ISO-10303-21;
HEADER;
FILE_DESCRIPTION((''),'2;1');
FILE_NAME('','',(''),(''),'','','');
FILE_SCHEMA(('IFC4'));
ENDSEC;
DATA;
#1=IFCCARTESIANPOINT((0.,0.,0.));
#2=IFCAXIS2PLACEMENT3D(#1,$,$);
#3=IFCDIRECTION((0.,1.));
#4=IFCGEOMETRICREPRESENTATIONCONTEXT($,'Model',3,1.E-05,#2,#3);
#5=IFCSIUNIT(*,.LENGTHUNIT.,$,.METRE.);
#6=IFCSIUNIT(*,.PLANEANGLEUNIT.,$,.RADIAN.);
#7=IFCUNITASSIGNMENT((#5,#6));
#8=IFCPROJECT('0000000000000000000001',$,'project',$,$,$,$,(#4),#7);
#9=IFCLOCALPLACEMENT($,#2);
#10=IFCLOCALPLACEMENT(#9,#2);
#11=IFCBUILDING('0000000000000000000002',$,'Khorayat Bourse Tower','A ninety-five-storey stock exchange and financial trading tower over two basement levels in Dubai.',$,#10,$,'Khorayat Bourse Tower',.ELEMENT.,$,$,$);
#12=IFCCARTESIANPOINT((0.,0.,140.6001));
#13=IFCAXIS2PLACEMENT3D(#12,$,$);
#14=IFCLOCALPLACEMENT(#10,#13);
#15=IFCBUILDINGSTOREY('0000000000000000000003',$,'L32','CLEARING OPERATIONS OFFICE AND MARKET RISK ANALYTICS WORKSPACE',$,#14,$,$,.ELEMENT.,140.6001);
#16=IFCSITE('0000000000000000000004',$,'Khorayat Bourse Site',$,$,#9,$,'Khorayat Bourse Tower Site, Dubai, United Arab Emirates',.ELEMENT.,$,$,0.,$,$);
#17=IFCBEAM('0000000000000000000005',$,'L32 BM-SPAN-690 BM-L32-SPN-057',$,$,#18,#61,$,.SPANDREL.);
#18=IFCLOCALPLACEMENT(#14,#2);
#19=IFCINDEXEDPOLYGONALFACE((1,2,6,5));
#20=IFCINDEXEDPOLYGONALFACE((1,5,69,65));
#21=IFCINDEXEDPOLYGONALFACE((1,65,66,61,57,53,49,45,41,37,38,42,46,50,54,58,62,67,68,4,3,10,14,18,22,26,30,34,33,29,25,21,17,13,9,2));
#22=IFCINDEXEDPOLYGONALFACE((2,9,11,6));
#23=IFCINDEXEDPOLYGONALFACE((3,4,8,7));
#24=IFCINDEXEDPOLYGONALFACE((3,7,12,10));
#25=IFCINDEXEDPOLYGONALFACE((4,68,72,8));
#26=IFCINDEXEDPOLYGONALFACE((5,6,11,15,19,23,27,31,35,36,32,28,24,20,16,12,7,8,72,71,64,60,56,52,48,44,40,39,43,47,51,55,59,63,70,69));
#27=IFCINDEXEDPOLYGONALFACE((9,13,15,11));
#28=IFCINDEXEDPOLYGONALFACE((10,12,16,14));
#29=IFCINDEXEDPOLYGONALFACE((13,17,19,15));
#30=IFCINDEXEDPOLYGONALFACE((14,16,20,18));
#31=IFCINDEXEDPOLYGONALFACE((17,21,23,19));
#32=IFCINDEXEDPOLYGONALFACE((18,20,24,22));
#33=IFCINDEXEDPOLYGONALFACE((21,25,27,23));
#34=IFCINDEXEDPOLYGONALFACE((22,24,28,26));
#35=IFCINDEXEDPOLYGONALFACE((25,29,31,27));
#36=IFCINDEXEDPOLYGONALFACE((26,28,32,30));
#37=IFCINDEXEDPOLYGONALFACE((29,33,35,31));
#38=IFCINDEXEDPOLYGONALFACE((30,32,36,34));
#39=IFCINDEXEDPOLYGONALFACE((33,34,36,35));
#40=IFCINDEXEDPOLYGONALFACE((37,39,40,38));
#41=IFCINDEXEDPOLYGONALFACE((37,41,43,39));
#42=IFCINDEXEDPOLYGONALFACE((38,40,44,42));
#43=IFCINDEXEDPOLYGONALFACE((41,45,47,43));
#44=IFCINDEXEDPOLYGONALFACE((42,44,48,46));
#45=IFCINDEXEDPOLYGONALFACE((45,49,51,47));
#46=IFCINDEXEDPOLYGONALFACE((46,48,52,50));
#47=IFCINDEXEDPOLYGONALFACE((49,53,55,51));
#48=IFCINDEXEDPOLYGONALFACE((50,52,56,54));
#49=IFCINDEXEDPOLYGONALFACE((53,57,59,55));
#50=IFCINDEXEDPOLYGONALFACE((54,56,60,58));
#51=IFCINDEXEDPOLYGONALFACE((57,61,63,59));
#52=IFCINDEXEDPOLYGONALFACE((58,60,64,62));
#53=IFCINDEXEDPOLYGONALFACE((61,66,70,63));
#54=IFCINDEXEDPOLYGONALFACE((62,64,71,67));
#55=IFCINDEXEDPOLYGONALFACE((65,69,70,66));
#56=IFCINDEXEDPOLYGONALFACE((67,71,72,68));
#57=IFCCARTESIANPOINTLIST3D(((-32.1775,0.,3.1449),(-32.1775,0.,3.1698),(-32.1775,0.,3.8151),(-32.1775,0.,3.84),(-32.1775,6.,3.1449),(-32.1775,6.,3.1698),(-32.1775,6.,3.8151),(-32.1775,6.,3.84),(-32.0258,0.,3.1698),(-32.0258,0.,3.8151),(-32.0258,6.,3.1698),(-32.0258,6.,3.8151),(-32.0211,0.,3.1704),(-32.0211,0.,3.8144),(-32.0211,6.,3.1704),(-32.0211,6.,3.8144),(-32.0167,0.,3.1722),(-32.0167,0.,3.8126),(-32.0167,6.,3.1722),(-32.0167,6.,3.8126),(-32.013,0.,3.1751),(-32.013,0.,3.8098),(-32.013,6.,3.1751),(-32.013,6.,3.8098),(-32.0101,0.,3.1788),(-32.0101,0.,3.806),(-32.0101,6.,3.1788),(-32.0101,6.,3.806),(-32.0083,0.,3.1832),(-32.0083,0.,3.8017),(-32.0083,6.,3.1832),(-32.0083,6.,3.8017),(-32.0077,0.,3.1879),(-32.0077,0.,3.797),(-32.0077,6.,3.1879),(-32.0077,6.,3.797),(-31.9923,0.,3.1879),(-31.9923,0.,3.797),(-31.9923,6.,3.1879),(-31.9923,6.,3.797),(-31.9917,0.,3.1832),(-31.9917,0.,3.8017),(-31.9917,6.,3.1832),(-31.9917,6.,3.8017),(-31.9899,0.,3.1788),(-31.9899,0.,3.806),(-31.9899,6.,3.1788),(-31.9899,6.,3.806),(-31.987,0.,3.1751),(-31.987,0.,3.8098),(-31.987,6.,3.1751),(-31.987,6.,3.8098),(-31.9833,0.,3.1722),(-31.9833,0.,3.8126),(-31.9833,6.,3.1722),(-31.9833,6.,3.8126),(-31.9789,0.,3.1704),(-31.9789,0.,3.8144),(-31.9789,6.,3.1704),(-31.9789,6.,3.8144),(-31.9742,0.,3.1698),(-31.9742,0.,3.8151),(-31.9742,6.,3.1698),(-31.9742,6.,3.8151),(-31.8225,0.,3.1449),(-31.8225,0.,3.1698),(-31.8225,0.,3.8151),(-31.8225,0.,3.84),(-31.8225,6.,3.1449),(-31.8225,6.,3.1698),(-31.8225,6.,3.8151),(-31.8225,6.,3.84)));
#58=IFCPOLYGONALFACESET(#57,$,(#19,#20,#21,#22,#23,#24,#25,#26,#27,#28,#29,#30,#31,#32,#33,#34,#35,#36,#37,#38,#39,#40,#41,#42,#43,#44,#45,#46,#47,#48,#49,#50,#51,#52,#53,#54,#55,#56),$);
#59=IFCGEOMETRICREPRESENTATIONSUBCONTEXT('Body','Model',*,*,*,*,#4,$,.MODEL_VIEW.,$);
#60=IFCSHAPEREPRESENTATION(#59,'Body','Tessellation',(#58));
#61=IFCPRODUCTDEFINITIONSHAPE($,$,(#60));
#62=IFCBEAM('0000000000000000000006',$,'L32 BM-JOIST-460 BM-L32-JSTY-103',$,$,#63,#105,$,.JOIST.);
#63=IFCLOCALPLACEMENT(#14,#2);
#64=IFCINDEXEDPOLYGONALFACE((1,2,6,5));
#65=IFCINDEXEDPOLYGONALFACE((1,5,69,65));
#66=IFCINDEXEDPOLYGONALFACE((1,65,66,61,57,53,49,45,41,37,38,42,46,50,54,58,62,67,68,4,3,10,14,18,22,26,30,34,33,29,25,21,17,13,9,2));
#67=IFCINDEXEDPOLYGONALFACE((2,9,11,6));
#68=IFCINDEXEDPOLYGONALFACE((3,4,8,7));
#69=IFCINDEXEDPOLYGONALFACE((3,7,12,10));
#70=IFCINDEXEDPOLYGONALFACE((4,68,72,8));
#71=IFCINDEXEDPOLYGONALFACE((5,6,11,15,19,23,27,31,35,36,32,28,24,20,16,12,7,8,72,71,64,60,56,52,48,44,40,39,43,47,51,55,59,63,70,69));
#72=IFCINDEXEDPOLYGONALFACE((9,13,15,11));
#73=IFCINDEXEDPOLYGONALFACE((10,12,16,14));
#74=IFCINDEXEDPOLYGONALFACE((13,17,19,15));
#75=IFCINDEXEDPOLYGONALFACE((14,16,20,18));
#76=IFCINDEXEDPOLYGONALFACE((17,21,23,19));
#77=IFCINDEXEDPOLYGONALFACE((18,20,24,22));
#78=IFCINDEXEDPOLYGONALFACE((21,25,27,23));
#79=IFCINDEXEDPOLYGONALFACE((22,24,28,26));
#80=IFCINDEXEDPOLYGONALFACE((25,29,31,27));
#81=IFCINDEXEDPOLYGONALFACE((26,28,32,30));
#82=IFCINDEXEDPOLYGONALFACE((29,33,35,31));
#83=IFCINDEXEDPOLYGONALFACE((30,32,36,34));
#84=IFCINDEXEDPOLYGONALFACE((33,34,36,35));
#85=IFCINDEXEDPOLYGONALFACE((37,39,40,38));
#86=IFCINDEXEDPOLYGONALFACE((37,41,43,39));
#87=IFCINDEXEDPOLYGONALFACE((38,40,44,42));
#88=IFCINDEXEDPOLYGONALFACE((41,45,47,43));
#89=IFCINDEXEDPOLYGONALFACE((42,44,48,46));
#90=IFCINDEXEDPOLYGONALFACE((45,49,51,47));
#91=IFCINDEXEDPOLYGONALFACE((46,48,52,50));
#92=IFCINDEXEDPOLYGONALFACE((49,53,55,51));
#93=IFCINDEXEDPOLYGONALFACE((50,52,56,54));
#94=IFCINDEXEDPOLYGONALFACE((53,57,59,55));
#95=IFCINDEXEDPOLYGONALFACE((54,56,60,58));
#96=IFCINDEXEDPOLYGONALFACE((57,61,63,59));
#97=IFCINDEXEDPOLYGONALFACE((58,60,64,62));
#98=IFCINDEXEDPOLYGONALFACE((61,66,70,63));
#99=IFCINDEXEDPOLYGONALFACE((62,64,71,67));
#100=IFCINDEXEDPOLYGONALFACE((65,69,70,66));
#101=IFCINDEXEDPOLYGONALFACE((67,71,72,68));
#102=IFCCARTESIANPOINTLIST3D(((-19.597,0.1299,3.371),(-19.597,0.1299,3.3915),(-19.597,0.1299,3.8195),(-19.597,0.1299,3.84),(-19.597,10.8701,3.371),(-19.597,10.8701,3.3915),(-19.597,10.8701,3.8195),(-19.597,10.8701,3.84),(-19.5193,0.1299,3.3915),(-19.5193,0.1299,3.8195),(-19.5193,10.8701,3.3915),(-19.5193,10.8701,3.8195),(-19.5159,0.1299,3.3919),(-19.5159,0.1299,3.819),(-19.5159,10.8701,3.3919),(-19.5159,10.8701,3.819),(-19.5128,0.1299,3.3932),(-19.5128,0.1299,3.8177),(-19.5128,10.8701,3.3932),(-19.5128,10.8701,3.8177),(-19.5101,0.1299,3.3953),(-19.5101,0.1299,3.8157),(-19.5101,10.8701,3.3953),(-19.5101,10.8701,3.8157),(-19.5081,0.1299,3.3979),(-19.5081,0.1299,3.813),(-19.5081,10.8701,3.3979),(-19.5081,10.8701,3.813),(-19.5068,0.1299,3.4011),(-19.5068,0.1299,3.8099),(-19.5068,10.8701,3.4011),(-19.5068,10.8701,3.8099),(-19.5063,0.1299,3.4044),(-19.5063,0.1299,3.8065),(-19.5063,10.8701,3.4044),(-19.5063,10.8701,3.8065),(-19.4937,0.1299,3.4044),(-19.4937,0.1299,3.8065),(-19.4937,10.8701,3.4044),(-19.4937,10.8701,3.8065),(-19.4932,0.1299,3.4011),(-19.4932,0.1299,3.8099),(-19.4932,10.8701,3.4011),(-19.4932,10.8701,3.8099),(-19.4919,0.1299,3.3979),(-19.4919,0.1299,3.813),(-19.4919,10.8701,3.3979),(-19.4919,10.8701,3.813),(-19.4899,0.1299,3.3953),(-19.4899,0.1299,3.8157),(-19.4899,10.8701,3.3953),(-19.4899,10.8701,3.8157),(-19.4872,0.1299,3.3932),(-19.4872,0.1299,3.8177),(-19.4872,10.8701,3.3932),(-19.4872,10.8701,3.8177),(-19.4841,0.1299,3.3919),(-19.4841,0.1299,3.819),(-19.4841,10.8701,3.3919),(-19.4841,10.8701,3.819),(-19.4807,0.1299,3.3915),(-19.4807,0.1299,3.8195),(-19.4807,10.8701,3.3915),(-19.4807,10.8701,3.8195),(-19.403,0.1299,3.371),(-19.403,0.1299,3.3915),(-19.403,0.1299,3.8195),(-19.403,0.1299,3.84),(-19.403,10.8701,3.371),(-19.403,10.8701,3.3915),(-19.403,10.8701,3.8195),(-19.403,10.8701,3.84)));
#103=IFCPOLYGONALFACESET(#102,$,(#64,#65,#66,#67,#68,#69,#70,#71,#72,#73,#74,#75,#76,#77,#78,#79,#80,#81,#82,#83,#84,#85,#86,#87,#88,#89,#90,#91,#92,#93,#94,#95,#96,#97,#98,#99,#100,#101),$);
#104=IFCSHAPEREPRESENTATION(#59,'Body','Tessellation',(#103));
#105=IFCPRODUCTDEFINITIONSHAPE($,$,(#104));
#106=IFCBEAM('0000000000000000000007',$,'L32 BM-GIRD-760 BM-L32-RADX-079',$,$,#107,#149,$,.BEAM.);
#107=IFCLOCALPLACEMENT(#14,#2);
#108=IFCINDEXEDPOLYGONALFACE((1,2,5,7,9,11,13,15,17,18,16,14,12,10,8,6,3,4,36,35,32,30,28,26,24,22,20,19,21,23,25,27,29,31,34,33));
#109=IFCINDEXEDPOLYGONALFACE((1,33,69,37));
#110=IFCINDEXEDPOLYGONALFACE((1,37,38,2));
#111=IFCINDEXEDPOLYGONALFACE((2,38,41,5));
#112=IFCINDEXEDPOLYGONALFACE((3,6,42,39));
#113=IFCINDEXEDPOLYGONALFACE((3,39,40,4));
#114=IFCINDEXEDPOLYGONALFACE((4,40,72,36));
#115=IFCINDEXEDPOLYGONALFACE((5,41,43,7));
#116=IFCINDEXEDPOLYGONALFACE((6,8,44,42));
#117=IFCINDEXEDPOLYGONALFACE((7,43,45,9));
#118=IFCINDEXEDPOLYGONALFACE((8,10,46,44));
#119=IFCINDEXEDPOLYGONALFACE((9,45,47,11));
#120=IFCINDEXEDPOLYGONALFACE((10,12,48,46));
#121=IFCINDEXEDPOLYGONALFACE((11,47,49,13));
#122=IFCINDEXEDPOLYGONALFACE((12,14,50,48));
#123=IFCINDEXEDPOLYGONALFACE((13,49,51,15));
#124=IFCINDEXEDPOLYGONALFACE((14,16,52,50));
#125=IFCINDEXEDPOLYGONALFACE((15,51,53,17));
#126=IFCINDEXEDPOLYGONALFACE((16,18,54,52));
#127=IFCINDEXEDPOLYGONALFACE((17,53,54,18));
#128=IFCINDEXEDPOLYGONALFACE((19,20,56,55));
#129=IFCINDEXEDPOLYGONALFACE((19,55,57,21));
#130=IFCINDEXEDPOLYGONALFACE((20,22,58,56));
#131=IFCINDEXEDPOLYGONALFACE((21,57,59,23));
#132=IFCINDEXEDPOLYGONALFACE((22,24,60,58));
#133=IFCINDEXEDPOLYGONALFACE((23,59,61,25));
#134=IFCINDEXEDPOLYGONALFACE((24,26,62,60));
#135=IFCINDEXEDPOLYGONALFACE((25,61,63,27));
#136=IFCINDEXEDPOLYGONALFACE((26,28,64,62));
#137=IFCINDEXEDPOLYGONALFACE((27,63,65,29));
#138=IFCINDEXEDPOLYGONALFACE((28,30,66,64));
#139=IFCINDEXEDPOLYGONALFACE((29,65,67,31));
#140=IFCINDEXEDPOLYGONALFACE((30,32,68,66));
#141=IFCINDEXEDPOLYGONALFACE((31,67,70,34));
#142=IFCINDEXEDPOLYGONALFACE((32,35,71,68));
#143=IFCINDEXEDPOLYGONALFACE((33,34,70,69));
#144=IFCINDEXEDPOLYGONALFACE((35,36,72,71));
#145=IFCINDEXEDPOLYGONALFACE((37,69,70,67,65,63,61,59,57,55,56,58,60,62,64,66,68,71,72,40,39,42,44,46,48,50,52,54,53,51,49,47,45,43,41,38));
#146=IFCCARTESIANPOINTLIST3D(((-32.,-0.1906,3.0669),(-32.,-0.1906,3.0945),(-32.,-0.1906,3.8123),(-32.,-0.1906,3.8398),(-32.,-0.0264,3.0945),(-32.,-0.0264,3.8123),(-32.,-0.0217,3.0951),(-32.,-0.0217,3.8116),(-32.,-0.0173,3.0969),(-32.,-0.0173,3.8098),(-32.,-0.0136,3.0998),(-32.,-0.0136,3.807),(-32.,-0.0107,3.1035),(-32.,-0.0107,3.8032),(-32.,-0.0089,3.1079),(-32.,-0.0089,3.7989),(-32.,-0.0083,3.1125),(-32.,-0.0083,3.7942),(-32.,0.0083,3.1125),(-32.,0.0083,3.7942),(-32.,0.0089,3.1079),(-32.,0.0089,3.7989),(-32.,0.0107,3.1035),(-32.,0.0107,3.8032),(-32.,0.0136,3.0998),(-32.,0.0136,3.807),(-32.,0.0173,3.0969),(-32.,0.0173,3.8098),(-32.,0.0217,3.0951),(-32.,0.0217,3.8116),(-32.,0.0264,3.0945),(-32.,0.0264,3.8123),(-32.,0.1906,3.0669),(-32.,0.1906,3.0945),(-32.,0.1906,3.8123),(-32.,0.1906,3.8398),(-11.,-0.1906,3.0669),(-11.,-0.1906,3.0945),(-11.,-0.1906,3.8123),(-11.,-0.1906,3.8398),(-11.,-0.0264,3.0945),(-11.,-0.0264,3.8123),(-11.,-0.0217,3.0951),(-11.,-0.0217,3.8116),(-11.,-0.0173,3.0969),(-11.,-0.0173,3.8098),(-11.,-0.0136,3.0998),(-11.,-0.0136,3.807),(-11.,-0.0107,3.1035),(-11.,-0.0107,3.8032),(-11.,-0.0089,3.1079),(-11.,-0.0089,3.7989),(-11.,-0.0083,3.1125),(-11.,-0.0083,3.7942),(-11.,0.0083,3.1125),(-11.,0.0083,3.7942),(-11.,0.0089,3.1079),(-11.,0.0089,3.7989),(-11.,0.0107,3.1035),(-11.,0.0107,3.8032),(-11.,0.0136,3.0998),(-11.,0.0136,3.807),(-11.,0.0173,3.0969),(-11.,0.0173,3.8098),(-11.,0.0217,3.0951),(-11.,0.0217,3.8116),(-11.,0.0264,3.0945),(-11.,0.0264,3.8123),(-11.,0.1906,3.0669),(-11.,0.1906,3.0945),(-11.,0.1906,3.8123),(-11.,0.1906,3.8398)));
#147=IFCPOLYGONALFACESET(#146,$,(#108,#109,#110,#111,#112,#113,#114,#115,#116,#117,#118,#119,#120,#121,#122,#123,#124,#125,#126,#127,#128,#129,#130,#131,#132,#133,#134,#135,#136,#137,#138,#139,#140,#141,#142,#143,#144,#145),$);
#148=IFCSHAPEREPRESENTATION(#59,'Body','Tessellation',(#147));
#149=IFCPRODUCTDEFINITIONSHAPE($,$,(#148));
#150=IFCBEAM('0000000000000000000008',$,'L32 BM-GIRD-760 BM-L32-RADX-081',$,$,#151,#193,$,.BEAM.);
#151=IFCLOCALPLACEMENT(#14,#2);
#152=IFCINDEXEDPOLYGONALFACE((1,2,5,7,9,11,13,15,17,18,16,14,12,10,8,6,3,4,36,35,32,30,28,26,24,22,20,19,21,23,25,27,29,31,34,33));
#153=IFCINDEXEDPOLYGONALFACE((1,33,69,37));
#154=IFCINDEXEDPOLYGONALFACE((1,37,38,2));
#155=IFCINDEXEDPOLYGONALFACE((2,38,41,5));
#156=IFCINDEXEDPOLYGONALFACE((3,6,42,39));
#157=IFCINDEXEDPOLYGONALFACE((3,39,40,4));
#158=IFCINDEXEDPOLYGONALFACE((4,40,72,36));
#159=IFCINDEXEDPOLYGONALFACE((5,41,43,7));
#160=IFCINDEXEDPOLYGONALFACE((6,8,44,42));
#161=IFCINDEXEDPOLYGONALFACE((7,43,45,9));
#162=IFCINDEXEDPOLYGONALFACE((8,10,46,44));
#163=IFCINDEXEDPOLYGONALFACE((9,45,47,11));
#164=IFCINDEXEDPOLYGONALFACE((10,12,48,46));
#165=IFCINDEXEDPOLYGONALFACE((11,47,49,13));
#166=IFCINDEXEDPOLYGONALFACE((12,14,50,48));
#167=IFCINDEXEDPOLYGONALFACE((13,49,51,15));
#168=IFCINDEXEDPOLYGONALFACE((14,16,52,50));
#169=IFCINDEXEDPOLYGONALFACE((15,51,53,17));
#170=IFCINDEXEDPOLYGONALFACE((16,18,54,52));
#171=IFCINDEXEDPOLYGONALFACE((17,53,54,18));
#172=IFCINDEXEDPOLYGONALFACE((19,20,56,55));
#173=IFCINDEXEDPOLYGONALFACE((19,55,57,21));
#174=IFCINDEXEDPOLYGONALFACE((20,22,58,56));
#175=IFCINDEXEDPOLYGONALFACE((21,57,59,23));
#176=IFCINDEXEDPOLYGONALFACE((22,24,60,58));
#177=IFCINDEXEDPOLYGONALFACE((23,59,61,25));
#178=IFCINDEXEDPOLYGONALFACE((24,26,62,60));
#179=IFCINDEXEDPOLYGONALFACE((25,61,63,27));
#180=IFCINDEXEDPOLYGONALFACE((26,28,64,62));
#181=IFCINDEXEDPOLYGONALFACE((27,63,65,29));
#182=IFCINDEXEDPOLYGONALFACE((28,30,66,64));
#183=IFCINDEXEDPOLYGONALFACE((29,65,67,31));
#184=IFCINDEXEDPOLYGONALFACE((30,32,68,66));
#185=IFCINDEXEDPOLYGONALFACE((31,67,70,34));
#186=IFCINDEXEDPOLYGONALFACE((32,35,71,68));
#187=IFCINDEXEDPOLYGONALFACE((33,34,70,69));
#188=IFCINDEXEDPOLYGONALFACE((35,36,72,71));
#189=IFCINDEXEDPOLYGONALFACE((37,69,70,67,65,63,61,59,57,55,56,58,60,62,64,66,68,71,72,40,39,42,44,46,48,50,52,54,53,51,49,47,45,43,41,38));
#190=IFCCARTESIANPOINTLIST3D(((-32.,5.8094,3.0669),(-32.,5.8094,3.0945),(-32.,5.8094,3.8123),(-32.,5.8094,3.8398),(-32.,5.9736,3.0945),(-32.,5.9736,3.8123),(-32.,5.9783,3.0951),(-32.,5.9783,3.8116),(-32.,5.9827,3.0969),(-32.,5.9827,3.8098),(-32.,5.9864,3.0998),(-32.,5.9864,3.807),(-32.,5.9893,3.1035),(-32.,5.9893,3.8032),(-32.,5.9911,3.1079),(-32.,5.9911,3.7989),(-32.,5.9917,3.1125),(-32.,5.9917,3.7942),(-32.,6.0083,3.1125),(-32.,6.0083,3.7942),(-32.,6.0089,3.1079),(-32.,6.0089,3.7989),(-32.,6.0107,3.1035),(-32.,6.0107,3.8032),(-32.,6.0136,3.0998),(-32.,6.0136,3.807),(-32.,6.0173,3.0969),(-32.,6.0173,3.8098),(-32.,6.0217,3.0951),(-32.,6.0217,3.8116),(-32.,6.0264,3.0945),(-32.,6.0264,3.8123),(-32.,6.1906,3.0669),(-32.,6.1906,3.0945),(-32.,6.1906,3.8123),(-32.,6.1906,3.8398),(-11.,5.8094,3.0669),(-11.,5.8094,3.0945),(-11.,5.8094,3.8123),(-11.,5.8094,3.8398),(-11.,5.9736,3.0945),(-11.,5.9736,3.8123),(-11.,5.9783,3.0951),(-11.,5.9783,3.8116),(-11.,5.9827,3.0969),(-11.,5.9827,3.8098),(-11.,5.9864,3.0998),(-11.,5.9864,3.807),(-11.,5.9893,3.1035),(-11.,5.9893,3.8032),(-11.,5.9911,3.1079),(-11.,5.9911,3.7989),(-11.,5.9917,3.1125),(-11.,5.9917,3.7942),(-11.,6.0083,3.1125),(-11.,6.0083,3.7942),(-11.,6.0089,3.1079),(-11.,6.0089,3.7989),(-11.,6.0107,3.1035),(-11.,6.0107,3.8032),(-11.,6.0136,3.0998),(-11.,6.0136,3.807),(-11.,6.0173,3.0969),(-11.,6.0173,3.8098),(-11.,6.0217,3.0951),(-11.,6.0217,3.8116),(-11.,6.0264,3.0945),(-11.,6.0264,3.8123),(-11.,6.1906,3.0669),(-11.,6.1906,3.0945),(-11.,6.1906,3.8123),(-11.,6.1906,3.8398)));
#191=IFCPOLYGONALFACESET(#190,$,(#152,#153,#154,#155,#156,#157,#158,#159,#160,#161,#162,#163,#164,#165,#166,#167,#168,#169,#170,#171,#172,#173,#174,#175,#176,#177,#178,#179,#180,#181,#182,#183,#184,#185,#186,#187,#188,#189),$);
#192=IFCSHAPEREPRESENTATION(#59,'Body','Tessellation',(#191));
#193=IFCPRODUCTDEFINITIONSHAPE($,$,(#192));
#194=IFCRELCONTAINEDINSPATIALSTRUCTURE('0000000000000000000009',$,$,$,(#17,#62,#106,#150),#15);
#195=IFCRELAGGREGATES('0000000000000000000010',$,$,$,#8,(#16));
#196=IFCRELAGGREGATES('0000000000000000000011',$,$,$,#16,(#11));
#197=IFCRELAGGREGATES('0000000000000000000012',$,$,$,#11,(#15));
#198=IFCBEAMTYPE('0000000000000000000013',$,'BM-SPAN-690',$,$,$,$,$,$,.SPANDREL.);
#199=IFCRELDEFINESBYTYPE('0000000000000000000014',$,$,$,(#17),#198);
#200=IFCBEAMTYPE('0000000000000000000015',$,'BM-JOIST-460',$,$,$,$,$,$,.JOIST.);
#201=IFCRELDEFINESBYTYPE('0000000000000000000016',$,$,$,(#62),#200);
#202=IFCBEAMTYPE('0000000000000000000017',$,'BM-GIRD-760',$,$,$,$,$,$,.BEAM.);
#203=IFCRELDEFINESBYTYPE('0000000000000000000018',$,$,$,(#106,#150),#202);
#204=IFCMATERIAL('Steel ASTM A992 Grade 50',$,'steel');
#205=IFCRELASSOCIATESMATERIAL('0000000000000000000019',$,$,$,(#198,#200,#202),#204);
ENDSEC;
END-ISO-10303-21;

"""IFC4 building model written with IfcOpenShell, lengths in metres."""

from ifc_helpers import new_model, si_unit, direction, frame, origin, origin_2d, place, context, subcontext, project, spatial, i_section, extrude, source, transform, mapped, material, material_profile, profile_set, type_object, element, save


model = new_model("IFC4")

# Units and contexts
model_context = context("Model", 3, precision=1e-05, world=origin(), true_north=direction((0.0, 1.0)))
body_context = subcontext(model_context, "Body", "Model", "MODEL_VIEW")
ifc_project = project(units=[si_unit("LENGTHUNIT", "METRE"), si_unit("PLANEANGLEUNIT", "RADIAN")], contexts=[model_context])

# Site, building, storey
site_placement = place(None, origin())
site = spatial("IfcSite", under=ifc_project, at=site_placement, Name="Khorayat Bourse Site", LongName="Khorayat Bourse Tower Site, Dubai, United Arab Emirates", CompositionType="ELEMENT", RefElevation=0.0)
building_placement = place(site_placement, origin())
building = spatial("IfcBuilding", under=site, at=building_placement, Name="Khorayat Bourse Tower", Description="A ninety-five-storey stock exchange and financial trading tower over two basement levels in Dubai.", LongName="Khorayat Bourse Tower", CompositionType="ELEMENT")
storey_placement = place(building_placement, frame((0.0, 0.0, 140.6001)))
storey = spatial("IfcBuildingStorey", under=building, at=storey_placement, Name="L32", Description="CLEARING OPERATIONS OFFICE AND MARKET RISK ANALYTICS WORKSPACE", CompositionType="ELEMENT", Elevation=140.6001)

# Beams
ifc_material_1 = material(Name="Steel ASTM A992 Grade 50", Category="steel")
ifc_material_profile_1 = material_profile(ifc_material_1, i_section(OverallWidth=0.355, OverallDepth=0.6951, WebThickness=0.0154, FlangeThickness=0.0249, FilletRadius=0.0181, at=origin_2d()), Name="W690X217")
ifc_profile_set_1 = profile_set([ifc_material_profile_1], Name="Steel ASTM A992 Grade 50")
beam_type_1 = type_object("IfcBeamType", Name="BM-SPAN-690", PredefinedType="SPANDREL", material=ifc_profile_set_1)
shared_shape_1 = source(origin(), body_context, "Body", "SweptSolid", [
    extrude(i_section(OverallWidth=0.355, OverallDepth=0.6951, WebThickness=0.0154, FlangeThickness=0.0249, FilletRadius=0.0181, at=origin_2d()), origin(), (0.0, 0.0, 1.0), 6.0),
])
beam_1_placement = place(storey_placement, frame((-32.0, 0.0, 3.4924), z_axis=(0.0, 1.0, 0.0), x_axis=(-1.0, 0.0, 0.0)))
element("IfcBeam", 1, at=beam_1_placement, inside=storey, type_object=beam_type_1, Name="L32 BM-SPAN-690 BM-L32-SPN-057", PredefinedType="SPANDREL", context=body_context, shape_type="MappedRepresentation", body=[
    mapped(shared_shape_1, transform((0.0, 0.0, 0.0), scale=1.0)),
])
ifc_material_profile_2 = material_profile(ifc_material_1, i_section(OverallWidth=0.1941, OverallDepth=0.469, WebThickness=0.0127, FlangeThickness=0.0205, FilletRadius=0.0129, at=origin_2d()), Name="W460X106")
ifc_profile_set_2 = profile_set([ifc_material_profile_2], Name="Steel ASTM A992 Grade 50")
beam_type_2 = type_object("IfcBeamType", Name="BM-JOIST-460", PredefinedType="JOIST", material=ifc_profile_set_2)
shared_shape_2 = source(origin(), body_context, "Body", "SweptSolid", [
    extrude(i_section(OverallWidth=0.1941, OverallDepth=0.469, WebThickness=0.0127, FlangeThickness=0.0205, FilletRadius=0.0129, at=origin_2d()), origin(), (0.0, 0.0, 1.0), 10.7402),
])
beam_2_placement = place(storey_placement, frame((-19.5, 0.1299, 3.6055), z_axis=(0.0, 1.0, 0.0), x_axis=(-1.0, 0.0, 0.0)))
element("IfcBeam", 2, at=beam_2_placement, inside=storey, type_object=beam_type_2, Name="L32 BM-JOIST-460 BM-L32-JSTY-103", PredefinedType="JOIST", context=body_context, shape_type="MappedRepresentation", body=[
    mapped(shared_shape_2, transform((0.0, 0.0, 0.0), scale=1.0)),
])
ifc_material_profile_3 = material_profile(ifc_material_1, i_section(OverallWidth=0.3811, OverallDepth=0.7729, WebThickness=0.0166, FlangeThickness=0.0276, FilletRadius=0.0181, at=origin_2d()), Name="W760X257")
ifc_profile_set_3 = profile_set([ifc_material_profile_3], Name="Steel ASTM A992 Grade 50")
beam_type_3 = type_object("IfcBeamType", Name="BM-GIRD-760", PredefinedType="BEAM", material=ifc_profile_set_3)
shared_shape_3 = source(origin(), body_context, "Body", "SweptSolid", [
    extrude(i_section(OverallWidth=0.3811, OverallDepth=0.7729, WebThickness=0.0166, FlangeThickness=0.0276, FilletRadius=0.0181, at=origin_2d()), origin(), (0.0, 0.0, 1.0), 21.0),
])
for number, where, z_axis, x_axis, name in (
    (3, (-32.0, 0.0, 3.4534), (1.0, 0.0, 0.0), (0.0, 1.0, 0.0), "L32 BM-GIRD-760 BM-L32-RADX-079"),
    (4, (-32.0, 6.0, 3.4534), (1.0, 0.0, 0.0), (0.0, 1.0, 0.0), "L32 BM-GIRD-760 BM-L32-RADX-081"),
):
    element("IfcBeam", number, at=place(storey_placement, frame(where, z_axis=z_axis, x_axis=x_axis)), inside=storey, type_object=beam_type_3, Name=name, PredefinedType="BEAM", context=body_context, shape_type="MappedRepresentation", body=[
        mapped(shared_shape_3, transform((0.0, 0.0, 0.0), scale=1.0)),
    ])

save(model, "model.ifc")
